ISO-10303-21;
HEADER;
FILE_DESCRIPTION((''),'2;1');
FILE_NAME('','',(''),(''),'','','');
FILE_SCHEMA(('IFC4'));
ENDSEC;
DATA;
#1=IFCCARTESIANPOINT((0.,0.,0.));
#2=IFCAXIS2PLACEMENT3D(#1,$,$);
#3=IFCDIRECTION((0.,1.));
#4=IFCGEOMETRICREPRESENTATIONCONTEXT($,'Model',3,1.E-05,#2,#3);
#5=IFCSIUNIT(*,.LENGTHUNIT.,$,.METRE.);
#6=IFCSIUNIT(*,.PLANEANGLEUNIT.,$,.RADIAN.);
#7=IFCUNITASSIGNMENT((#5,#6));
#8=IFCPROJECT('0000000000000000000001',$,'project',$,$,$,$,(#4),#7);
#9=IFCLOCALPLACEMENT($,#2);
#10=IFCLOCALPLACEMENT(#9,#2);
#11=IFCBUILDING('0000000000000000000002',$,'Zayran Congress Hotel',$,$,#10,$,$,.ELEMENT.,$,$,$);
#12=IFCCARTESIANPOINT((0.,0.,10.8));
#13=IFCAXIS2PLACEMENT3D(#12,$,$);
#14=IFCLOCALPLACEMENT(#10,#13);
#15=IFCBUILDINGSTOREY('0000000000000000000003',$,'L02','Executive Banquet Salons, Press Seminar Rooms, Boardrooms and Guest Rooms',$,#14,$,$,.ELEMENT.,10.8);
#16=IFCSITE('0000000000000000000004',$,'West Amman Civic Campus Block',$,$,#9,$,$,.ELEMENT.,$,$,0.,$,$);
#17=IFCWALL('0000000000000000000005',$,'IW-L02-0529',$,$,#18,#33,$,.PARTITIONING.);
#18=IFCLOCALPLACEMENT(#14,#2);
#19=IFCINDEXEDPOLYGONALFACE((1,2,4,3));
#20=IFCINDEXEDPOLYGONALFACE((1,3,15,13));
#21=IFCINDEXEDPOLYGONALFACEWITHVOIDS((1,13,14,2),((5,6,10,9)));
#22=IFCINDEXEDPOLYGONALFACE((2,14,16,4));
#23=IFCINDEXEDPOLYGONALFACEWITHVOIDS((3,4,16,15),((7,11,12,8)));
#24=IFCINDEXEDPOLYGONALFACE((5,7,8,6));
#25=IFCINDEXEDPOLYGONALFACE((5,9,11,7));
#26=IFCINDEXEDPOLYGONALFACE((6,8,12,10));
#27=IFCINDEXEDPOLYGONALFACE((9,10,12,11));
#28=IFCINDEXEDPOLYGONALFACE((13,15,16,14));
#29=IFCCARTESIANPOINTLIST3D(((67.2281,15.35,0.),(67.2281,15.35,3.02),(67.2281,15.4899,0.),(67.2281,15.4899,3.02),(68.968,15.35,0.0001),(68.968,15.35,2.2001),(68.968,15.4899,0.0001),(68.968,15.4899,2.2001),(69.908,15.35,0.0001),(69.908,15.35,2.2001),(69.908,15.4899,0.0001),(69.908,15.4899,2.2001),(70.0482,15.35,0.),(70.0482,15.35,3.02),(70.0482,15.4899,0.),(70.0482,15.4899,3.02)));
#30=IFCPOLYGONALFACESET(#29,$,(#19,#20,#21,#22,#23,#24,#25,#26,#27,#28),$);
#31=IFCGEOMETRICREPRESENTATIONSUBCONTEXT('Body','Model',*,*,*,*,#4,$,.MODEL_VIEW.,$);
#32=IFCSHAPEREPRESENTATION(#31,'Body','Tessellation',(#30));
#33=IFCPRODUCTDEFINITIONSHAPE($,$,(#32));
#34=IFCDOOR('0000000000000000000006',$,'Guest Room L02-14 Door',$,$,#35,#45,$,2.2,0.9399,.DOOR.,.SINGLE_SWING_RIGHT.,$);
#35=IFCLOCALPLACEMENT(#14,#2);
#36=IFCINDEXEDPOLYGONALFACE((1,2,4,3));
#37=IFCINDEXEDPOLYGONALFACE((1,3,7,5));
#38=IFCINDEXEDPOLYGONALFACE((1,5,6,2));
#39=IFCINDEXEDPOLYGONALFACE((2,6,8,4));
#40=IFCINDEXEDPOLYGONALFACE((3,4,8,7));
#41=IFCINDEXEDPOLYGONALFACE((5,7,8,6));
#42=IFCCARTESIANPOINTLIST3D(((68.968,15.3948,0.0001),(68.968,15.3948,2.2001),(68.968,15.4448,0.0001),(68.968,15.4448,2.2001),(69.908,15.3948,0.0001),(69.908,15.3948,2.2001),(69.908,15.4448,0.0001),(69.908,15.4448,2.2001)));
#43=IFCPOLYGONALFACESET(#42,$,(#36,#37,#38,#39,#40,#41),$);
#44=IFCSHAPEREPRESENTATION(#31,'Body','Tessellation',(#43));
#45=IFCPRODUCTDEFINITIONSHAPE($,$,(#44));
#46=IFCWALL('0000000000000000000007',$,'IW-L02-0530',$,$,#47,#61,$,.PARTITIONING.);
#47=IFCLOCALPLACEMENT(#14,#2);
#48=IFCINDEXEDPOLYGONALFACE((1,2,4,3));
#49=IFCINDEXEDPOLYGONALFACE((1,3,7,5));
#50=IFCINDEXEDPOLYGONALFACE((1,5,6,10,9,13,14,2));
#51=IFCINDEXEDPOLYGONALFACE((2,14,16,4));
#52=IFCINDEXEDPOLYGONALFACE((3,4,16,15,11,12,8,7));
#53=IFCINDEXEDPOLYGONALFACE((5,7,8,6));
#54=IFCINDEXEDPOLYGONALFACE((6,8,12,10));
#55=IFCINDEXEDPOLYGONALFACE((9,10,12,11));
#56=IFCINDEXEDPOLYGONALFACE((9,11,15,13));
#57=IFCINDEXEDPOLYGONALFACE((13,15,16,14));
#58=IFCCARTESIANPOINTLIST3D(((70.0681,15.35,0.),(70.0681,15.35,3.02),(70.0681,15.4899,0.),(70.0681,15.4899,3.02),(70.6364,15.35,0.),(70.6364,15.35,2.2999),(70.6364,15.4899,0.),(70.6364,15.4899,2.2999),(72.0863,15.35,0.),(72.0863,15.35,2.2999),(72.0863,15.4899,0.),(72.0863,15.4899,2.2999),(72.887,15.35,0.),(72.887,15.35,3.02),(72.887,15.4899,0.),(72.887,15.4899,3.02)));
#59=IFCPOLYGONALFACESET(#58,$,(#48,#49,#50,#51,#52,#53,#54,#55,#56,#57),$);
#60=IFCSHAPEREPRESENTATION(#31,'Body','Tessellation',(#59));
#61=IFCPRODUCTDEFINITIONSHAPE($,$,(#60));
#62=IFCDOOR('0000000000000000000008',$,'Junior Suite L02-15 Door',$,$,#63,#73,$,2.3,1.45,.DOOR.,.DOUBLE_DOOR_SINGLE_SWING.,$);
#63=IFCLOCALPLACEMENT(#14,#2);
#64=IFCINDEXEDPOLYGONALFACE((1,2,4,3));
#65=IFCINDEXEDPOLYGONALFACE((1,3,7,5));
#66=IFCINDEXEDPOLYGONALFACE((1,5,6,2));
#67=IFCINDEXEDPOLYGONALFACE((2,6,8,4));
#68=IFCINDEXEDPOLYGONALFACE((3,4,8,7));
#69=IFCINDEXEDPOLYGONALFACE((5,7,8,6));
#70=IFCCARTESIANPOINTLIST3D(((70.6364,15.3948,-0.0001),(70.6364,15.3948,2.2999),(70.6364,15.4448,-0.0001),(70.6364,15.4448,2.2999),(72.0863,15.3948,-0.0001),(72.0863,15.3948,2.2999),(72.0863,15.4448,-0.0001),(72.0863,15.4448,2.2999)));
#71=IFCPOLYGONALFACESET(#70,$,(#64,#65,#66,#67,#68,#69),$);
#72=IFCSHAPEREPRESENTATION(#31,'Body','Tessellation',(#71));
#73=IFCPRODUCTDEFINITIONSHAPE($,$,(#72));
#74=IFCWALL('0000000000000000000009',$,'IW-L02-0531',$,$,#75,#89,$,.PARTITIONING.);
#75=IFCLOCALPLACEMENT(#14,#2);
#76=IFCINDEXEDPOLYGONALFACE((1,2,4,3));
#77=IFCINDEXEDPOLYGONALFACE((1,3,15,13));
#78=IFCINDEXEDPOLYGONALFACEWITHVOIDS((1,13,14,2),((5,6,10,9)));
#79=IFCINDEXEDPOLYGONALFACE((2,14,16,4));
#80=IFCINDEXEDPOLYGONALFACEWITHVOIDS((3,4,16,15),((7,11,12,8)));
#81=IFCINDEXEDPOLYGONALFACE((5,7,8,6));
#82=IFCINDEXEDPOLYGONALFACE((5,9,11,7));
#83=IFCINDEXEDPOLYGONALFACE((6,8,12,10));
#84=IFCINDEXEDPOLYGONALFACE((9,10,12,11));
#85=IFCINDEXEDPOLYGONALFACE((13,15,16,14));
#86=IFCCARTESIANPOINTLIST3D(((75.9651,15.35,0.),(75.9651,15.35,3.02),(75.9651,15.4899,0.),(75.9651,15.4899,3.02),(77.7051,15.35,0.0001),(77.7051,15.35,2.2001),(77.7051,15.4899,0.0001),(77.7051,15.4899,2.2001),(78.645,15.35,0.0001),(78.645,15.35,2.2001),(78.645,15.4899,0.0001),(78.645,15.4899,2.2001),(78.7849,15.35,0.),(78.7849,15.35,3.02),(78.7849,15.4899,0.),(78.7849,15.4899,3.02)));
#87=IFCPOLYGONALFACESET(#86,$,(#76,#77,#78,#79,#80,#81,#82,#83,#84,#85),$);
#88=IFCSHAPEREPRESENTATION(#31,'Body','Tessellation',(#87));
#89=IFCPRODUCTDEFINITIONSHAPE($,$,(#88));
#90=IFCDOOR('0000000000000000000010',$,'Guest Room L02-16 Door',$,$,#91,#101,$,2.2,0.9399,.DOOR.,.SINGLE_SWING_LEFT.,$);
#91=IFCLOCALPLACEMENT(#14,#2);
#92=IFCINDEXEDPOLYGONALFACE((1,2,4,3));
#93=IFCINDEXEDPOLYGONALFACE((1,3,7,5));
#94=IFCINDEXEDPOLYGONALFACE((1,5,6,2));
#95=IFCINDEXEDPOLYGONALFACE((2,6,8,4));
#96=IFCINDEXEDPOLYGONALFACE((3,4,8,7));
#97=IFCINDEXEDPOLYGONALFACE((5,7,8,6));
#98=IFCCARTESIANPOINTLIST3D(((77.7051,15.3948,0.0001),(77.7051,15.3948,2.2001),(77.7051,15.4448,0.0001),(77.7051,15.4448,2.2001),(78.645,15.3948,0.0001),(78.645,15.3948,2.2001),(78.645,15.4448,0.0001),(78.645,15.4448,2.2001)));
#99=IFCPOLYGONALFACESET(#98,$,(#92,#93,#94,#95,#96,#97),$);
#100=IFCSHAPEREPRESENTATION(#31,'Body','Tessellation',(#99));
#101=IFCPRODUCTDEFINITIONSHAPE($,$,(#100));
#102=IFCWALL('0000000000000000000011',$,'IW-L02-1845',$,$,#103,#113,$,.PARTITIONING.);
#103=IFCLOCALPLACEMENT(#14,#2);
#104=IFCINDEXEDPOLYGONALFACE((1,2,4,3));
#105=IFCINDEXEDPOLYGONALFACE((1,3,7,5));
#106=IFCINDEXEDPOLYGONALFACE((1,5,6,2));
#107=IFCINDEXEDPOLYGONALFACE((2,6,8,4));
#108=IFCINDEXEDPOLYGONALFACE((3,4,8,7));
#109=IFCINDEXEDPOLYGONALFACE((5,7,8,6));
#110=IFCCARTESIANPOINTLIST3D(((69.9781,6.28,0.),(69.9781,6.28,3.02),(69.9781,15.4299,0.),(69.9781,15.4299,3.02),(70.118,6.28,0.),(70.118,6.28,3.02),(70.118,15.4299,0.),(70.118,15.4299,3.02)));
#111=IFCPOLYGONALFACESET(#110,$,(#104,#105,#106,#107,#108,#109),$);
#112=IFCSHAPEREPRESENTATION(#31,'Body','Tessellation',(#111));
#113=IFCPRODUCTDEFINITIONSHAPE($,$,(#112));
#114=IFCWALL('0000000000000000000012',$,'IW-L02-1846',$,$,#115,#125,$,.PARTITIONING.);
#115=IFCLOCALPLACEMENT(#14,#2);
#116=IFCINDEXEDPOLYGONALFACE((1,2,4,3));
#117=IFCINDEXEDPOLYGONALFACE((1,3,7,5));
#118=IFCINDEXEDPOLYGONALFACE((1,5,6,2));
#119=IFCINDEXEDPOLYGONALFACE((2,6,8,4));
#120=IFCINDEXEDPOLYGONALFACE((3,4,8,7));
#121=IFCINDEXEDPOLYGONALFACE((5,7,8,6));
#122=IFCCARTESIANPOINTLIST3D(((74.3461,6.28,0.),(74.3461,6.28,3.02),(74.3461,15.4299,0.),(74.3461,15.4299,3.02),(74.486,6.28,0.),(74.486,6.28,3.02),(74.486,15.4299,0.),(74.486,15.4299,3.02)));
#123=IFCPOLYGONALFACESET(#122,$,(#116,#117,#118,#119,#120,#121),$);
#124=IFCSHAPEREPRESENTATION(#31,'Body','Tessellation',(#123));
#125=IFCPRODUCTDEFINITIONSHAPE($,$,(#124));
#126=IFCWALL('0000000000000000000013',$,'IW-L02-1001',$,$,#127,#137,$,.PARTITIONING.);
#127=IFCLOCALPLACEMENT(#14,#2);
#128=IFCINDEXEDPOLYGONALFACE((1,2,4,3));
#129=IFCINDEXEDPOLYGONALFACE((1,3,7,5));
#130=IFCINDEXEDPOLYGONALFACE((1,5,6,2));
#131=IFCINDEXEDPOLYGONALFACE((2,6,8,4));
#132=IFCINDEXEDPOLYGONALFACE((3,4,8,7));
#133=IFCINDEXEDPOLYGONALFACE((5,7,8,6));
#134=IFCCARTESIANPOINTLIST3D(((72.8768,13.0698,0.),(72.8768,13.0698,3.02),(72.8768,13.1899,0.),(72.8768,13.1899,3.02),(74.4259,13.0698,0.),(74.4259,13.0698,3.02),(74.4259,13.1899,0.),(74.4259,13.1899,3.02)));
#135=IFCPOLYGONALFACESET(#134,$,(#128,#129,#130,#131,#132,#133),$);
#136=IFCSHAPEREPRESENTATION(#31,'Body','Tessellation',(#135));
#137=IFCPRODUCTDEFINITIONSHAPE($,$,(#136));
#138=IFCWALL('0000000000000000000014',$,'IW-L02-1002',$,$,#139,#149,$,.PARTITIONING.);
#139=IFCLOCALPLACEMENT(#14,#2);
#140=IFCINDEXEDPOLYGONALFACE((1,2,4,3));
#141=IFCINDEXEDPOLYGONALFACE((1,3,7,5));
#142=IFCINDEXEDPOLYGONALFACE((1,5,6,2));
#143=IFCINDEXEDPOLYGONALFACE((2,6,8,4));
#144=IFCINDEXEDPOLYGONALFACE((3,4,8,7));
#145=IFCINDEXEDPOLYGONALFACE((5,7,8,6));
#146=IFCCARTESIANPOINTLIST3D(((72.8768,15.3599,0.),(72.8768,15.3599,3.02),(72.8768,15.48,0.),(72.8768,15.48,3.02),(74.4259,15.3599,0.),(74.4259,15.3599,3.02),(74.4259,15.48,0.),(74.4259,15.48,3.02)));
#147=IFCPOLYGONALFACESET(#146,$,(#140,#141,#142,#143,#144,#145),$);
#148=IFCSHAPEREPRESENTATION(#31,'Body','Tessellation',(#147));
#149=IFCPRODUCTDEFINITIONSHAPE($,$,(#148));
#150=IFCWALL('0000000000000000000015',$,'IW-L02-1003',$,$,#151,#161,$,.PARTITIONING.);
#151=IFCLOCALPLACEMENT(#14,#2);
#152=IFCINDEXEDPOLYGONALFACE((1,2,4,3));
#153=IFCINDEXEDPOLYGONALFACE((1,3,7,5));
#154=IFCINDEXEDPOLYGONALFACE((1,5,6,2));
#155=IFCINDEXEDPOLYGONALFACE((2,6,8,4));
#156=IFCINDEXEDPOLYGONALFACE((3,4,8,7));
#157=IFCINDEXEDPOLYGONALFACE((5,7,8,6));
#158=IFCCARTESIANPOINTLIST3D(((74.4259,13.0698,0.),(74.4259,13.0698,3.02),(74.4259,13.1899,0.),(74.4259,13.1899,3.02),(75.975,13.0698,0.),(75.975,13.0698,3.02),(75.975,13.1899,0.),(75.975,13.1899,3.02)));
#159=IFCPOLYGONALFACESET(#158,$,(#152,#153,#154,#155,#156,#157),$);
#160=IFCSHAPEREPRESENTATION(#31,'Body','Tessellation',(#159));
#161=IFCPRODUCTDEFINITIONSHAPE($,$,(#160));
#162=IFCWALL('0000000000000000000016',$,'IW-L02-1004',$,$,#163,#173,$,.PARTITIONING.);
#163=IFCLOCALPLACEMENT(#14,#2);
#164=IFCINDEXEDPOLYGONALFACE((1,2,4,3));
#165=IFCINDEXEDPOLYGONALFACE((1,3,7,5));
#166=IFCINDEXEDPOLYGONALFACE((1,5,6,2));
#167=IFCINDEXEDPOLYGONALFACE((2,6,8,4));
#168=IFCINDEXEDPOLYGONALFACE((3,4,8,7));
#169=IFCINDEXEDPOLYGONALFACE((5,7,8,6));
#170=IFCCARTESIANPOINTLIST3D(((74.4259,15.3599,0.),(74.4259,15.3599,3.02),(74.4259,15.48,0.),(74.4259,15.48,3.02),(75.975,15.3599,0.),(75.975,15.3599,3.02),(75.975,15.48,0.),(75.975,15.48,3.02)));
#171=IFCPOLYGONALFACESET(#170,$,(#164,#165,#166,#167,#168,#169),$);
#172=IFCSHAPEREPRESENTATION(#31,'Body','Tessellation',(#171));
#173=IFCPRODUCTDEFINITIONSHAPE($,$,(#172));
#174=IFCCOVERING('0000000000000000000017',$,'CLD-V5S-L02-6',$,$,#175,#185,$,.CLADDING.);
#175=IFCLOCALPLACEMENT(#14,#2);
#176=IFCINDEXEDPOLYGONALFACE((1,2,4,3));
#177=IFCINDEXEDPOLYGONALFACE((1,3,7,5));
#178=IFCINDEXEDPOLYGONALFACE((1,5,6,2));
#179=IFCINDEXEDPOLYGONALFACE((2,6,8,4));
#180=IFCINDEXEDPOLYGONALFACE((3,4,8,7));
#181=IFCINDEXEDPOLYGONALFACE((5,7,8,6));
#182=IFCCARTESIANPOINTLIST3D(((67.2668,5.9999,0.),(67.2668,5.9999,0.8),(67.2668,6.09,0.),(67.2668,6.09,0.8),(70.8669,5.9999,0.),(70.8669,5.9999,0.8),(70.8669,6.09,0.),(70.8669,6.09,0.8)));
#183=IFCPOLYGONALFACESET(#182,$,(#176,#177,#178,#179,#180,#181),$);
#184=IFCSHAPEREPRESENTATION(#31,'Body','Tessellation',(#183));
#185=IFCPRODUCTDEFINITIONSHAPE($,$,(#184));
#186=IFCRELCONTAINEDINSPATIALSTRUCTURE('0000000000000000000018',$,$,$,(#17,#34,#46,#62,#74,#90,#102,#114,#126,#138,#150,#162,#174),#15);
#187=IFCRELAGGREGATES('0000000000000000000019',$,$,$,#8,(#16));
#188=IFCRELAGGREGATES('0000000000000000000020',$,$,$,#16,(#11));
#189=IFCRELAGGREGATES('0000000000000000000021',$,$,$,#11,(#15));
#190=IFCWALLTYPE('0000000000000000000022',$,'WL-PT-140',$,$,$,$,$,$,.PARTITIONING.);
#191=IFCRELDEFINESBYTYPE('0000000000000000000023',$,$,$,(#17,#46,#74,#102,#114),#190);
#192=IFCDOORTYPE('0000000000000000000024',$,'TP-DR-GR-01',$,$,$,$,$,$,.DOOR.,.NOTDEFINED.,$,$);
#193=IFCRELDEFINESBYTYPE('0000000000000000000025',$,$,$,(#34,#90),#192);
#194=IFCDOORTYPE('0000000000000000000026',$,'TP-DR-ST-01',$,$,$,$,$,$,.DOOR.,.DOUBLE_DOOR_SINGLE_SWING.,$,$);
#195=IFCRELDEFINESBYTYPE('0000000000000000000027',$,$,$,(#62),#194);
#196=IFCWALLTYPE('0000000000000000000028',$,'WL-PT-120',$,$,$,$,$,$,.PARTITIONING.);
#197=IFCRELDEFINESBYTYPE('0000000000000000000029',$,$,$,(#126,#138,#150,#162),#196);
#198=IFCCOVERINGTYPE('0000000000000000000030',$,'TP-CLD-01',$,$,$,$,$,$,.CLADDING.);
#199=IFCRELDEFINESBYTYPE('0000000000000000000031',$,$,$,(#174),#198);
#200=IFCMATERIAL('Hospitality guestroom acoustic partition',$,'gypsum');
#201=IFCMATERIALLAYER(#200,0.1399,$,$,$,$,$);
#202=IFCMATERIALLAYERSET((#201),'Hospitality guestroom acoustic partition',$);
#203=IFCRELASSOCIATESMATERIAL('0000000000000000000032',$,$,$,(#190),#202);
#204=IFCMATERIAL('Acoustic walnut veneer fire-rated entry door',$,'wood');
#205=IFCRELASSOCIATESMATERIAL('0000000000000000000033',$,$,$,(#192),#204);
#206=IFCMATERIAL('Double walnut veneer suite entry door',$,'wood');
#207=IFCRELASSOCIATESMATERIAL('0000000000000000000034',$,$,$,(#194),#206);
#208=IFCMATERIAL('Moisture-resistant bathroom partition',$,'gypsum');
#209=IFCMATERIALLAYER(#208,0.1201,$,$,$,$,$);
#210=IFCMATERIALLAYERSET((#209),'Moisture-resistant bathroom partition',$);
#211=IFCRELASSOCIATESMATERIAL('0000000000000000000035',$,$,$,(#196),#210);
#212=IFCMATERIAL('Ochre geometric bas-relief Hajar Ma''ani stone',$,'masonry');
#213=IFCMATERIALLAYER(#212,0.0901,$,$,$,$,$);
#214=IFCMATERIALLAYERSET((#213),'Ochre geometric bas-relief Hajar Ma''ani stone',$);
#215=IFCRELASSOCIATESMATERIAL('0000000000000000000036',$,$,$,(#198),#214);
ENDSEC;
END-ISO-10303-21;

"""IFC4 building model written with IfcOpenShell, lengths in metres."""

from ifc_helpers import new_model, si_unit, direction, frame, frame_2d, origin, origin_2d, place, context, subcontext, project, spatial, rectangle, extrude, material, layer, layer_set, type_object, element, fill, save


model = new_model("IFC4")

# Units and contexts
model_context = context("Model", 3, precision=1e-05, world=origin(), true_north=direction((0.0, 1.0)))
body_context = subcontext(model_context, "Body", "Model", "MODEL_VIEW")
ifc_project = project(units=[si_unit("LENGTHUNIT", "METRE"), si_unit("PLANEANGLEUNIT", "RADIAN")], contexts=[model_context])

# Site, building, storey
site_placement = place(None, origin())
site = spatial("IfcSite", under=ifc_project, at=site_placement, Name="West Amman Civic Campus Block", CompositionType="ELEMENT", RefElevation=0.0)
building_placement = place(site_placement, origin())
building = spatial("IfcBuilding", under=site, at=building_placement, Name="Zayran Congress Hotel", CompositionType="ELEMENT")
storey_placement = place(building_placement, frame((0.0, 0.0, 10.8)))
storey = spatial("IfcBuildingStorey", under=building, at=storey_placement, Name="L02", Description="Executive Banquet Salons, Press Seminar Rooms, Boardrooms and Guest Rooms", CompositionType="ELEMENT", Elevation=10.8)

# Walls, openings, doors
ifc_material_1 = material(Name="Hospitality guestroom acoustic partition", Category="gypsum")
ifc_layer_1 = layer(ifc_material_1, 0.1399)
ifc_layer_set_1 = layer_set([ifc_layer_1], Name="Hospitality guestroom acoustic partition")
wall_type_1 = type_object("IfcWallType", Name="WL-PT-140", PredefinedType="PARTITIONING", material=ifc_layer_set_1)
wall_1_placement = place(storey_placement, frame((67.228, 15.4199, 0.0), z_axis=(0.0, 0.0, 1.0), x_axis=(1.0, 0.0, 0.0)))
wall_1 = element("IfcWall", 1, at=wall_1_placement, inside=storey, type_object=wall_type_1, Name="IW-L02-0529", PredefinedType="PARTITIONING", context=body_context, shape_type="SweptSolid", body=[
    extrude(rectangle(XDim=2.8201, YDim=0.1399, at=frame_2d((1.4102, 0.0))), origin(), (0.0, 0.0, 1.0), 3.02),
])
opening_1_placement = place(wall_1_placement, frame((1.74, 0.0, 0.0)))
opening_1 = element("IfcOpeningElement", 2, at=opening_1_placement, cuts=wall_1, PredefinedType="OPENING", context=body_context, shape_type="SweptSolid", body=[
    extrude(rectangle(XDim=0.9399, YDim=2.2, at=frame_2d((0.47, 1.1001))), frame((0.0, 0.0798, 0.0), z_axis=(0.0, -1.0, 0.0), x_axis=(1.0, 0.0, 0.0)), (0.0, 0.0, 1.0), 0.1599),
])
ifc_material_2 = material(Name="Acoustic walnut veneer fire-rated entry door", Category="wood")
door_type_1 = type_object("IfcDoorType", Name="TP-DR-GR-01", OperationType="NOTDEFINED", PredefinedType="DOOR", material=ifc_material_2)
door_1_placement = place(opening_1_placement, origin())
door_1 = element("IfcDoor", 3, at=door_1_placement, inside=storey, type_object=door_type_1, Name="Guest Room L02-14 Door", OperationType="SINGLE_SWING_RIGHT", OverallHeight=2.2, OverallWidth=0.9399, PredefinedType="DOOR", context=body_context, shape_type="SweptSolid", body=[
    extrude(rectangle(XDim=0.9399, YDim=2.2, at=frame_2d((0.47, 1.1001))), frame((0.0, 0.0249, 0.0), z_axis=(0.0, -1.0, 0.0), x_axis=(1.0, 0.0, 0.0)), (0.0, 0.0, 1.0), 0.05),
])
fill(opening_1, door_1)
wall_2_placement = place(storey_placement, frame((70.0681, 15.4199, 0.0), z_axis=(0.0, 0.0, 1.0), x_axis=(1.0, 0.0, 0.0)))
wall_2 = element("IfcWall", 4, at=wall_2_placement, inside=storey, type_object=wall_type_1, Name="IW-L02-0530", PredefinedType="PARTITIONING", context=body_context, shape_type="SweptSolid", body=[
    extrude(rectangle(XDim=2.8188, YDim=0.1399, at=frame_2d((1.4094, 0.0))), origin(), (0.0, 0.0, 1.0), 3.02),
])
opening_2_placement = place(wall_2_placement, frame((0.5681, 0.0, 0.0)))
opening_2 = element("IfcOpeningElement", 5, at=opening_2_placement, cuts=wall_2, PredefinedType="OPENING", context=body_context, shape_type="SweptSolid", body=[
    extrude(rectangle(XDim=1.45, YDim=2.3, at=frame_2d((0.7251, 1.1499))), frame((0.0, 0.0798, 0.0), z_axis=(0.0, -1.0, 0.0), x_axis=(1.0, 0.0, 0.0)), (0.0, 0.0, 1.0), 0.1599),
])
ifc_material_3 = material(Name="Double walnut veneer suite entry door", Category="wood")
door_type_2 = type_object("IfcDoorType", Name="TP-DR-ST-01", OperationType="DOUBLE_DOOR_SINGLE_SWING", PredefinedType="DOOR", material=ifc_material_3)
door_2_placement = place(opening_2_placement, origin())
door_2 = element("IfcDoor", 6, at=door_2_placement, inside=storey, type_object=door_type_2, Name="Junior Suite L02-15 Door", OperationType="DOUBLE_DOOR_SINGLE_SWING", OverallHeight=2.3, OverallWidth=1.45, PredefinedType="DOOR", context=body_context, shape_type="SweptSolid", body=[
    extrude(rectangle(XDim=1.45, YDim=2.3, at=frame_2d((0.7251, 1.1499))), frame((0.0, 0.0249, 0.0), z_axis=(0.0, -1.0, 0.0), x_axis=(1.0, 0.0, 0.0)), (0.0, 0.0, 1.0), 0.05),
])
fill(opening_2, door_2)
wall_3_placement = place(storey_placement, frame((75.9651, 15.4199, 0.0), z_axis=(0.0, 0.0, 1.0), x_axis=(1.0, 0.0, 0.0)))
wall_3 = element("IfcWall", 7, at=wall_3_placement, inside=storey, type_object=wall_type_1, Name="IW-L02-0531", PredefinedType="PARTITIONING", context=body_context, shape_type="SweptSolid", body=[
    extrude(rectangle(XDim=2.8198, YDim=0.1399, at=frame_2d((1.4099, 0.0))), origin(), (0.0, 0.0, 1.0), 3.02),
])
opening_3_placement = place(wall_3_placement, frame((1.74, 0.0, 0.0)))
opening_3 = element("IfcOpeningElement", 8, at=opening_3_placement, cuts=wall_3, PredefinedType="OPENING", context=body_context, shape_type="SweptSolid", body=[
    extrude(rectangle(XDim=0.9399, YDim=2.2, at=frame_2d((0.47, 1.1001))), frame((0.0, 0.0798, 0.0), z_axis=(0.0, -1.0, 0.0), x_axis=(1.0, 0.0, 0.0)), (0.0, 0.0, 1.0), 0.1599),
])
door_3_placement = place(opening_3_placement, origin())
door_3 = element("IfcDoor", 9, at=door_3_placement, inside=storey, type_object=door_type_1, Name="Guest Room L02-16 Door", OperationType="SINGLE_SWING_LEFT", OverallHeight=2.2, OverallWidth=0.9399, PredefinedType="DOOR", context=body_context, shape_type="SweptSolid", body=[
    extrude(rectangle(XDim=0.9399, YDim=2.2, at=frame_2d((0.47, 1.1001))), frame((0.0, 0.0249, 0.0), z_axis=(0.0, -1.0, 0.0), x_axis=(1.0, 0.0, 0.0)), (0.0, 0.0, 1.0), 0.05),
])
fill(opening_3, door_3)

# Walls
for number, where, z_axis, x_axis, name in (
    (10, (70.0481, 6.28, 0.0), (0.0, 0.0, 1.0), (0.0, 1.0, 0.0), "IW-L02-1845"),
    (11, (74.416, 6.28, 0.0), (0.0, 0.0, 1.0), (0.0, 1.0, 0.0), "IW-L02-1846"),
):
    element("IfcWall", number, at=place(storey_placement, frame(where, z_axis=z_axis, x_axis=x_axis)), inside=storey, type_object=wall_type_1, Name=name, PredefinedType="PARTITIONING", context=body_context, shape_type="SweptSolid", body=[
        extrude(rectangle(XDim=9.1499, YDim=0.1399, at=frame_2d((4.575, 0.0))), origin(), (0.0, 0.0, 1.0), 3.02),
    ])

# Shared definitions
ifc_material_4 = material(Name="Moisture-resistant bathroom partition", Category="gypsum")
ifc_layer_2 = layer(ifc_material_4, 0.1201)
ifc_layer_set_2 = layer_set([ifc_layer_2], Name="Moisture-resistant bathroom partition")
wall_type_2 = type_object("IfcWallType", Name="WL-PT-120", PredefinedType="PARTITIONING", material=ifc_layer_set_2)

# Walls
for number, where, z_axis, x_axis, name in (
    (12, (72.877, 13.1299, 0.0), (0.0, 0.0, 1.0), (1.0, 0.0, 0.0), "IW-L02-1001"),
    (13, (72.877, 15.4199, 0.0), (0.0, 0.0, 1.0), (1.0, 0.0, 0.0), "IW-L02-1002"),
    (14, (74.426, 13.1299, 0.0), (0.0, 0.0, 1.0), (1.0, 0.0, 0.0), "IW-L02-1003"),
    (15, (74.426, 15.4199, 0.0), (0.0, 0.0, 1.0), (1.0, 0.0, 0.0), "IW-L02-1004"),
):
    element("IfcWall", number, at=place(storey_placement, frame(where, z_axis=z_axis, x_axis=x_axis)), inside=storey, type_object=wall_type_2, Name=name, PredefinedType="PARTITIONING", context=body_context, shape_type="SweptSolid", body=[
        extrude(rectangle(XDim=1.5491, YDim=0.1201, at=frame_2d((0.7744, 0.0))), origin(), (0.0, 0.0, 1.0), 3.02),
    ])

# Covering
ifc_material_5 = material(Name="Ochre geometric bas-relief Hajar Ma'ani stone", Category="masonry")
ifc_layer_3 = layer(ifc_material_5, 0.0901)
ifc_layer_set_3 = layer_set([ifc_layer_3], Name="Ochre geometric bas-relief Hajar Ma'ani stone")
covering_type = type_object("IfcCoveringType", Name="TP-CLD-01", PredefinedType="CLADDING", material=ifc_layer_set_3)
covering_placement = place(storey_placement, frame((69.0669, 6.0449, 0.0), z_axis=(0.0, 0.0, 1.0), x_axis=(1.0, 0.0, 0.0)))
element("IfcCovering", 16, at=covering_placement, inside=storey, type_object=covering_type, Name="CLD-V5S-L02-6", PredefinedType="CLADDING", context=body_context, shape_type="SweptSolid", body=[
    extrude(rectangle(XDim=3.6001, YDim=0.0901, at=origin_2d()), origin(), (0.0, 0.0, 1.0), 0.8),
])

save(model, "model.ifc")
